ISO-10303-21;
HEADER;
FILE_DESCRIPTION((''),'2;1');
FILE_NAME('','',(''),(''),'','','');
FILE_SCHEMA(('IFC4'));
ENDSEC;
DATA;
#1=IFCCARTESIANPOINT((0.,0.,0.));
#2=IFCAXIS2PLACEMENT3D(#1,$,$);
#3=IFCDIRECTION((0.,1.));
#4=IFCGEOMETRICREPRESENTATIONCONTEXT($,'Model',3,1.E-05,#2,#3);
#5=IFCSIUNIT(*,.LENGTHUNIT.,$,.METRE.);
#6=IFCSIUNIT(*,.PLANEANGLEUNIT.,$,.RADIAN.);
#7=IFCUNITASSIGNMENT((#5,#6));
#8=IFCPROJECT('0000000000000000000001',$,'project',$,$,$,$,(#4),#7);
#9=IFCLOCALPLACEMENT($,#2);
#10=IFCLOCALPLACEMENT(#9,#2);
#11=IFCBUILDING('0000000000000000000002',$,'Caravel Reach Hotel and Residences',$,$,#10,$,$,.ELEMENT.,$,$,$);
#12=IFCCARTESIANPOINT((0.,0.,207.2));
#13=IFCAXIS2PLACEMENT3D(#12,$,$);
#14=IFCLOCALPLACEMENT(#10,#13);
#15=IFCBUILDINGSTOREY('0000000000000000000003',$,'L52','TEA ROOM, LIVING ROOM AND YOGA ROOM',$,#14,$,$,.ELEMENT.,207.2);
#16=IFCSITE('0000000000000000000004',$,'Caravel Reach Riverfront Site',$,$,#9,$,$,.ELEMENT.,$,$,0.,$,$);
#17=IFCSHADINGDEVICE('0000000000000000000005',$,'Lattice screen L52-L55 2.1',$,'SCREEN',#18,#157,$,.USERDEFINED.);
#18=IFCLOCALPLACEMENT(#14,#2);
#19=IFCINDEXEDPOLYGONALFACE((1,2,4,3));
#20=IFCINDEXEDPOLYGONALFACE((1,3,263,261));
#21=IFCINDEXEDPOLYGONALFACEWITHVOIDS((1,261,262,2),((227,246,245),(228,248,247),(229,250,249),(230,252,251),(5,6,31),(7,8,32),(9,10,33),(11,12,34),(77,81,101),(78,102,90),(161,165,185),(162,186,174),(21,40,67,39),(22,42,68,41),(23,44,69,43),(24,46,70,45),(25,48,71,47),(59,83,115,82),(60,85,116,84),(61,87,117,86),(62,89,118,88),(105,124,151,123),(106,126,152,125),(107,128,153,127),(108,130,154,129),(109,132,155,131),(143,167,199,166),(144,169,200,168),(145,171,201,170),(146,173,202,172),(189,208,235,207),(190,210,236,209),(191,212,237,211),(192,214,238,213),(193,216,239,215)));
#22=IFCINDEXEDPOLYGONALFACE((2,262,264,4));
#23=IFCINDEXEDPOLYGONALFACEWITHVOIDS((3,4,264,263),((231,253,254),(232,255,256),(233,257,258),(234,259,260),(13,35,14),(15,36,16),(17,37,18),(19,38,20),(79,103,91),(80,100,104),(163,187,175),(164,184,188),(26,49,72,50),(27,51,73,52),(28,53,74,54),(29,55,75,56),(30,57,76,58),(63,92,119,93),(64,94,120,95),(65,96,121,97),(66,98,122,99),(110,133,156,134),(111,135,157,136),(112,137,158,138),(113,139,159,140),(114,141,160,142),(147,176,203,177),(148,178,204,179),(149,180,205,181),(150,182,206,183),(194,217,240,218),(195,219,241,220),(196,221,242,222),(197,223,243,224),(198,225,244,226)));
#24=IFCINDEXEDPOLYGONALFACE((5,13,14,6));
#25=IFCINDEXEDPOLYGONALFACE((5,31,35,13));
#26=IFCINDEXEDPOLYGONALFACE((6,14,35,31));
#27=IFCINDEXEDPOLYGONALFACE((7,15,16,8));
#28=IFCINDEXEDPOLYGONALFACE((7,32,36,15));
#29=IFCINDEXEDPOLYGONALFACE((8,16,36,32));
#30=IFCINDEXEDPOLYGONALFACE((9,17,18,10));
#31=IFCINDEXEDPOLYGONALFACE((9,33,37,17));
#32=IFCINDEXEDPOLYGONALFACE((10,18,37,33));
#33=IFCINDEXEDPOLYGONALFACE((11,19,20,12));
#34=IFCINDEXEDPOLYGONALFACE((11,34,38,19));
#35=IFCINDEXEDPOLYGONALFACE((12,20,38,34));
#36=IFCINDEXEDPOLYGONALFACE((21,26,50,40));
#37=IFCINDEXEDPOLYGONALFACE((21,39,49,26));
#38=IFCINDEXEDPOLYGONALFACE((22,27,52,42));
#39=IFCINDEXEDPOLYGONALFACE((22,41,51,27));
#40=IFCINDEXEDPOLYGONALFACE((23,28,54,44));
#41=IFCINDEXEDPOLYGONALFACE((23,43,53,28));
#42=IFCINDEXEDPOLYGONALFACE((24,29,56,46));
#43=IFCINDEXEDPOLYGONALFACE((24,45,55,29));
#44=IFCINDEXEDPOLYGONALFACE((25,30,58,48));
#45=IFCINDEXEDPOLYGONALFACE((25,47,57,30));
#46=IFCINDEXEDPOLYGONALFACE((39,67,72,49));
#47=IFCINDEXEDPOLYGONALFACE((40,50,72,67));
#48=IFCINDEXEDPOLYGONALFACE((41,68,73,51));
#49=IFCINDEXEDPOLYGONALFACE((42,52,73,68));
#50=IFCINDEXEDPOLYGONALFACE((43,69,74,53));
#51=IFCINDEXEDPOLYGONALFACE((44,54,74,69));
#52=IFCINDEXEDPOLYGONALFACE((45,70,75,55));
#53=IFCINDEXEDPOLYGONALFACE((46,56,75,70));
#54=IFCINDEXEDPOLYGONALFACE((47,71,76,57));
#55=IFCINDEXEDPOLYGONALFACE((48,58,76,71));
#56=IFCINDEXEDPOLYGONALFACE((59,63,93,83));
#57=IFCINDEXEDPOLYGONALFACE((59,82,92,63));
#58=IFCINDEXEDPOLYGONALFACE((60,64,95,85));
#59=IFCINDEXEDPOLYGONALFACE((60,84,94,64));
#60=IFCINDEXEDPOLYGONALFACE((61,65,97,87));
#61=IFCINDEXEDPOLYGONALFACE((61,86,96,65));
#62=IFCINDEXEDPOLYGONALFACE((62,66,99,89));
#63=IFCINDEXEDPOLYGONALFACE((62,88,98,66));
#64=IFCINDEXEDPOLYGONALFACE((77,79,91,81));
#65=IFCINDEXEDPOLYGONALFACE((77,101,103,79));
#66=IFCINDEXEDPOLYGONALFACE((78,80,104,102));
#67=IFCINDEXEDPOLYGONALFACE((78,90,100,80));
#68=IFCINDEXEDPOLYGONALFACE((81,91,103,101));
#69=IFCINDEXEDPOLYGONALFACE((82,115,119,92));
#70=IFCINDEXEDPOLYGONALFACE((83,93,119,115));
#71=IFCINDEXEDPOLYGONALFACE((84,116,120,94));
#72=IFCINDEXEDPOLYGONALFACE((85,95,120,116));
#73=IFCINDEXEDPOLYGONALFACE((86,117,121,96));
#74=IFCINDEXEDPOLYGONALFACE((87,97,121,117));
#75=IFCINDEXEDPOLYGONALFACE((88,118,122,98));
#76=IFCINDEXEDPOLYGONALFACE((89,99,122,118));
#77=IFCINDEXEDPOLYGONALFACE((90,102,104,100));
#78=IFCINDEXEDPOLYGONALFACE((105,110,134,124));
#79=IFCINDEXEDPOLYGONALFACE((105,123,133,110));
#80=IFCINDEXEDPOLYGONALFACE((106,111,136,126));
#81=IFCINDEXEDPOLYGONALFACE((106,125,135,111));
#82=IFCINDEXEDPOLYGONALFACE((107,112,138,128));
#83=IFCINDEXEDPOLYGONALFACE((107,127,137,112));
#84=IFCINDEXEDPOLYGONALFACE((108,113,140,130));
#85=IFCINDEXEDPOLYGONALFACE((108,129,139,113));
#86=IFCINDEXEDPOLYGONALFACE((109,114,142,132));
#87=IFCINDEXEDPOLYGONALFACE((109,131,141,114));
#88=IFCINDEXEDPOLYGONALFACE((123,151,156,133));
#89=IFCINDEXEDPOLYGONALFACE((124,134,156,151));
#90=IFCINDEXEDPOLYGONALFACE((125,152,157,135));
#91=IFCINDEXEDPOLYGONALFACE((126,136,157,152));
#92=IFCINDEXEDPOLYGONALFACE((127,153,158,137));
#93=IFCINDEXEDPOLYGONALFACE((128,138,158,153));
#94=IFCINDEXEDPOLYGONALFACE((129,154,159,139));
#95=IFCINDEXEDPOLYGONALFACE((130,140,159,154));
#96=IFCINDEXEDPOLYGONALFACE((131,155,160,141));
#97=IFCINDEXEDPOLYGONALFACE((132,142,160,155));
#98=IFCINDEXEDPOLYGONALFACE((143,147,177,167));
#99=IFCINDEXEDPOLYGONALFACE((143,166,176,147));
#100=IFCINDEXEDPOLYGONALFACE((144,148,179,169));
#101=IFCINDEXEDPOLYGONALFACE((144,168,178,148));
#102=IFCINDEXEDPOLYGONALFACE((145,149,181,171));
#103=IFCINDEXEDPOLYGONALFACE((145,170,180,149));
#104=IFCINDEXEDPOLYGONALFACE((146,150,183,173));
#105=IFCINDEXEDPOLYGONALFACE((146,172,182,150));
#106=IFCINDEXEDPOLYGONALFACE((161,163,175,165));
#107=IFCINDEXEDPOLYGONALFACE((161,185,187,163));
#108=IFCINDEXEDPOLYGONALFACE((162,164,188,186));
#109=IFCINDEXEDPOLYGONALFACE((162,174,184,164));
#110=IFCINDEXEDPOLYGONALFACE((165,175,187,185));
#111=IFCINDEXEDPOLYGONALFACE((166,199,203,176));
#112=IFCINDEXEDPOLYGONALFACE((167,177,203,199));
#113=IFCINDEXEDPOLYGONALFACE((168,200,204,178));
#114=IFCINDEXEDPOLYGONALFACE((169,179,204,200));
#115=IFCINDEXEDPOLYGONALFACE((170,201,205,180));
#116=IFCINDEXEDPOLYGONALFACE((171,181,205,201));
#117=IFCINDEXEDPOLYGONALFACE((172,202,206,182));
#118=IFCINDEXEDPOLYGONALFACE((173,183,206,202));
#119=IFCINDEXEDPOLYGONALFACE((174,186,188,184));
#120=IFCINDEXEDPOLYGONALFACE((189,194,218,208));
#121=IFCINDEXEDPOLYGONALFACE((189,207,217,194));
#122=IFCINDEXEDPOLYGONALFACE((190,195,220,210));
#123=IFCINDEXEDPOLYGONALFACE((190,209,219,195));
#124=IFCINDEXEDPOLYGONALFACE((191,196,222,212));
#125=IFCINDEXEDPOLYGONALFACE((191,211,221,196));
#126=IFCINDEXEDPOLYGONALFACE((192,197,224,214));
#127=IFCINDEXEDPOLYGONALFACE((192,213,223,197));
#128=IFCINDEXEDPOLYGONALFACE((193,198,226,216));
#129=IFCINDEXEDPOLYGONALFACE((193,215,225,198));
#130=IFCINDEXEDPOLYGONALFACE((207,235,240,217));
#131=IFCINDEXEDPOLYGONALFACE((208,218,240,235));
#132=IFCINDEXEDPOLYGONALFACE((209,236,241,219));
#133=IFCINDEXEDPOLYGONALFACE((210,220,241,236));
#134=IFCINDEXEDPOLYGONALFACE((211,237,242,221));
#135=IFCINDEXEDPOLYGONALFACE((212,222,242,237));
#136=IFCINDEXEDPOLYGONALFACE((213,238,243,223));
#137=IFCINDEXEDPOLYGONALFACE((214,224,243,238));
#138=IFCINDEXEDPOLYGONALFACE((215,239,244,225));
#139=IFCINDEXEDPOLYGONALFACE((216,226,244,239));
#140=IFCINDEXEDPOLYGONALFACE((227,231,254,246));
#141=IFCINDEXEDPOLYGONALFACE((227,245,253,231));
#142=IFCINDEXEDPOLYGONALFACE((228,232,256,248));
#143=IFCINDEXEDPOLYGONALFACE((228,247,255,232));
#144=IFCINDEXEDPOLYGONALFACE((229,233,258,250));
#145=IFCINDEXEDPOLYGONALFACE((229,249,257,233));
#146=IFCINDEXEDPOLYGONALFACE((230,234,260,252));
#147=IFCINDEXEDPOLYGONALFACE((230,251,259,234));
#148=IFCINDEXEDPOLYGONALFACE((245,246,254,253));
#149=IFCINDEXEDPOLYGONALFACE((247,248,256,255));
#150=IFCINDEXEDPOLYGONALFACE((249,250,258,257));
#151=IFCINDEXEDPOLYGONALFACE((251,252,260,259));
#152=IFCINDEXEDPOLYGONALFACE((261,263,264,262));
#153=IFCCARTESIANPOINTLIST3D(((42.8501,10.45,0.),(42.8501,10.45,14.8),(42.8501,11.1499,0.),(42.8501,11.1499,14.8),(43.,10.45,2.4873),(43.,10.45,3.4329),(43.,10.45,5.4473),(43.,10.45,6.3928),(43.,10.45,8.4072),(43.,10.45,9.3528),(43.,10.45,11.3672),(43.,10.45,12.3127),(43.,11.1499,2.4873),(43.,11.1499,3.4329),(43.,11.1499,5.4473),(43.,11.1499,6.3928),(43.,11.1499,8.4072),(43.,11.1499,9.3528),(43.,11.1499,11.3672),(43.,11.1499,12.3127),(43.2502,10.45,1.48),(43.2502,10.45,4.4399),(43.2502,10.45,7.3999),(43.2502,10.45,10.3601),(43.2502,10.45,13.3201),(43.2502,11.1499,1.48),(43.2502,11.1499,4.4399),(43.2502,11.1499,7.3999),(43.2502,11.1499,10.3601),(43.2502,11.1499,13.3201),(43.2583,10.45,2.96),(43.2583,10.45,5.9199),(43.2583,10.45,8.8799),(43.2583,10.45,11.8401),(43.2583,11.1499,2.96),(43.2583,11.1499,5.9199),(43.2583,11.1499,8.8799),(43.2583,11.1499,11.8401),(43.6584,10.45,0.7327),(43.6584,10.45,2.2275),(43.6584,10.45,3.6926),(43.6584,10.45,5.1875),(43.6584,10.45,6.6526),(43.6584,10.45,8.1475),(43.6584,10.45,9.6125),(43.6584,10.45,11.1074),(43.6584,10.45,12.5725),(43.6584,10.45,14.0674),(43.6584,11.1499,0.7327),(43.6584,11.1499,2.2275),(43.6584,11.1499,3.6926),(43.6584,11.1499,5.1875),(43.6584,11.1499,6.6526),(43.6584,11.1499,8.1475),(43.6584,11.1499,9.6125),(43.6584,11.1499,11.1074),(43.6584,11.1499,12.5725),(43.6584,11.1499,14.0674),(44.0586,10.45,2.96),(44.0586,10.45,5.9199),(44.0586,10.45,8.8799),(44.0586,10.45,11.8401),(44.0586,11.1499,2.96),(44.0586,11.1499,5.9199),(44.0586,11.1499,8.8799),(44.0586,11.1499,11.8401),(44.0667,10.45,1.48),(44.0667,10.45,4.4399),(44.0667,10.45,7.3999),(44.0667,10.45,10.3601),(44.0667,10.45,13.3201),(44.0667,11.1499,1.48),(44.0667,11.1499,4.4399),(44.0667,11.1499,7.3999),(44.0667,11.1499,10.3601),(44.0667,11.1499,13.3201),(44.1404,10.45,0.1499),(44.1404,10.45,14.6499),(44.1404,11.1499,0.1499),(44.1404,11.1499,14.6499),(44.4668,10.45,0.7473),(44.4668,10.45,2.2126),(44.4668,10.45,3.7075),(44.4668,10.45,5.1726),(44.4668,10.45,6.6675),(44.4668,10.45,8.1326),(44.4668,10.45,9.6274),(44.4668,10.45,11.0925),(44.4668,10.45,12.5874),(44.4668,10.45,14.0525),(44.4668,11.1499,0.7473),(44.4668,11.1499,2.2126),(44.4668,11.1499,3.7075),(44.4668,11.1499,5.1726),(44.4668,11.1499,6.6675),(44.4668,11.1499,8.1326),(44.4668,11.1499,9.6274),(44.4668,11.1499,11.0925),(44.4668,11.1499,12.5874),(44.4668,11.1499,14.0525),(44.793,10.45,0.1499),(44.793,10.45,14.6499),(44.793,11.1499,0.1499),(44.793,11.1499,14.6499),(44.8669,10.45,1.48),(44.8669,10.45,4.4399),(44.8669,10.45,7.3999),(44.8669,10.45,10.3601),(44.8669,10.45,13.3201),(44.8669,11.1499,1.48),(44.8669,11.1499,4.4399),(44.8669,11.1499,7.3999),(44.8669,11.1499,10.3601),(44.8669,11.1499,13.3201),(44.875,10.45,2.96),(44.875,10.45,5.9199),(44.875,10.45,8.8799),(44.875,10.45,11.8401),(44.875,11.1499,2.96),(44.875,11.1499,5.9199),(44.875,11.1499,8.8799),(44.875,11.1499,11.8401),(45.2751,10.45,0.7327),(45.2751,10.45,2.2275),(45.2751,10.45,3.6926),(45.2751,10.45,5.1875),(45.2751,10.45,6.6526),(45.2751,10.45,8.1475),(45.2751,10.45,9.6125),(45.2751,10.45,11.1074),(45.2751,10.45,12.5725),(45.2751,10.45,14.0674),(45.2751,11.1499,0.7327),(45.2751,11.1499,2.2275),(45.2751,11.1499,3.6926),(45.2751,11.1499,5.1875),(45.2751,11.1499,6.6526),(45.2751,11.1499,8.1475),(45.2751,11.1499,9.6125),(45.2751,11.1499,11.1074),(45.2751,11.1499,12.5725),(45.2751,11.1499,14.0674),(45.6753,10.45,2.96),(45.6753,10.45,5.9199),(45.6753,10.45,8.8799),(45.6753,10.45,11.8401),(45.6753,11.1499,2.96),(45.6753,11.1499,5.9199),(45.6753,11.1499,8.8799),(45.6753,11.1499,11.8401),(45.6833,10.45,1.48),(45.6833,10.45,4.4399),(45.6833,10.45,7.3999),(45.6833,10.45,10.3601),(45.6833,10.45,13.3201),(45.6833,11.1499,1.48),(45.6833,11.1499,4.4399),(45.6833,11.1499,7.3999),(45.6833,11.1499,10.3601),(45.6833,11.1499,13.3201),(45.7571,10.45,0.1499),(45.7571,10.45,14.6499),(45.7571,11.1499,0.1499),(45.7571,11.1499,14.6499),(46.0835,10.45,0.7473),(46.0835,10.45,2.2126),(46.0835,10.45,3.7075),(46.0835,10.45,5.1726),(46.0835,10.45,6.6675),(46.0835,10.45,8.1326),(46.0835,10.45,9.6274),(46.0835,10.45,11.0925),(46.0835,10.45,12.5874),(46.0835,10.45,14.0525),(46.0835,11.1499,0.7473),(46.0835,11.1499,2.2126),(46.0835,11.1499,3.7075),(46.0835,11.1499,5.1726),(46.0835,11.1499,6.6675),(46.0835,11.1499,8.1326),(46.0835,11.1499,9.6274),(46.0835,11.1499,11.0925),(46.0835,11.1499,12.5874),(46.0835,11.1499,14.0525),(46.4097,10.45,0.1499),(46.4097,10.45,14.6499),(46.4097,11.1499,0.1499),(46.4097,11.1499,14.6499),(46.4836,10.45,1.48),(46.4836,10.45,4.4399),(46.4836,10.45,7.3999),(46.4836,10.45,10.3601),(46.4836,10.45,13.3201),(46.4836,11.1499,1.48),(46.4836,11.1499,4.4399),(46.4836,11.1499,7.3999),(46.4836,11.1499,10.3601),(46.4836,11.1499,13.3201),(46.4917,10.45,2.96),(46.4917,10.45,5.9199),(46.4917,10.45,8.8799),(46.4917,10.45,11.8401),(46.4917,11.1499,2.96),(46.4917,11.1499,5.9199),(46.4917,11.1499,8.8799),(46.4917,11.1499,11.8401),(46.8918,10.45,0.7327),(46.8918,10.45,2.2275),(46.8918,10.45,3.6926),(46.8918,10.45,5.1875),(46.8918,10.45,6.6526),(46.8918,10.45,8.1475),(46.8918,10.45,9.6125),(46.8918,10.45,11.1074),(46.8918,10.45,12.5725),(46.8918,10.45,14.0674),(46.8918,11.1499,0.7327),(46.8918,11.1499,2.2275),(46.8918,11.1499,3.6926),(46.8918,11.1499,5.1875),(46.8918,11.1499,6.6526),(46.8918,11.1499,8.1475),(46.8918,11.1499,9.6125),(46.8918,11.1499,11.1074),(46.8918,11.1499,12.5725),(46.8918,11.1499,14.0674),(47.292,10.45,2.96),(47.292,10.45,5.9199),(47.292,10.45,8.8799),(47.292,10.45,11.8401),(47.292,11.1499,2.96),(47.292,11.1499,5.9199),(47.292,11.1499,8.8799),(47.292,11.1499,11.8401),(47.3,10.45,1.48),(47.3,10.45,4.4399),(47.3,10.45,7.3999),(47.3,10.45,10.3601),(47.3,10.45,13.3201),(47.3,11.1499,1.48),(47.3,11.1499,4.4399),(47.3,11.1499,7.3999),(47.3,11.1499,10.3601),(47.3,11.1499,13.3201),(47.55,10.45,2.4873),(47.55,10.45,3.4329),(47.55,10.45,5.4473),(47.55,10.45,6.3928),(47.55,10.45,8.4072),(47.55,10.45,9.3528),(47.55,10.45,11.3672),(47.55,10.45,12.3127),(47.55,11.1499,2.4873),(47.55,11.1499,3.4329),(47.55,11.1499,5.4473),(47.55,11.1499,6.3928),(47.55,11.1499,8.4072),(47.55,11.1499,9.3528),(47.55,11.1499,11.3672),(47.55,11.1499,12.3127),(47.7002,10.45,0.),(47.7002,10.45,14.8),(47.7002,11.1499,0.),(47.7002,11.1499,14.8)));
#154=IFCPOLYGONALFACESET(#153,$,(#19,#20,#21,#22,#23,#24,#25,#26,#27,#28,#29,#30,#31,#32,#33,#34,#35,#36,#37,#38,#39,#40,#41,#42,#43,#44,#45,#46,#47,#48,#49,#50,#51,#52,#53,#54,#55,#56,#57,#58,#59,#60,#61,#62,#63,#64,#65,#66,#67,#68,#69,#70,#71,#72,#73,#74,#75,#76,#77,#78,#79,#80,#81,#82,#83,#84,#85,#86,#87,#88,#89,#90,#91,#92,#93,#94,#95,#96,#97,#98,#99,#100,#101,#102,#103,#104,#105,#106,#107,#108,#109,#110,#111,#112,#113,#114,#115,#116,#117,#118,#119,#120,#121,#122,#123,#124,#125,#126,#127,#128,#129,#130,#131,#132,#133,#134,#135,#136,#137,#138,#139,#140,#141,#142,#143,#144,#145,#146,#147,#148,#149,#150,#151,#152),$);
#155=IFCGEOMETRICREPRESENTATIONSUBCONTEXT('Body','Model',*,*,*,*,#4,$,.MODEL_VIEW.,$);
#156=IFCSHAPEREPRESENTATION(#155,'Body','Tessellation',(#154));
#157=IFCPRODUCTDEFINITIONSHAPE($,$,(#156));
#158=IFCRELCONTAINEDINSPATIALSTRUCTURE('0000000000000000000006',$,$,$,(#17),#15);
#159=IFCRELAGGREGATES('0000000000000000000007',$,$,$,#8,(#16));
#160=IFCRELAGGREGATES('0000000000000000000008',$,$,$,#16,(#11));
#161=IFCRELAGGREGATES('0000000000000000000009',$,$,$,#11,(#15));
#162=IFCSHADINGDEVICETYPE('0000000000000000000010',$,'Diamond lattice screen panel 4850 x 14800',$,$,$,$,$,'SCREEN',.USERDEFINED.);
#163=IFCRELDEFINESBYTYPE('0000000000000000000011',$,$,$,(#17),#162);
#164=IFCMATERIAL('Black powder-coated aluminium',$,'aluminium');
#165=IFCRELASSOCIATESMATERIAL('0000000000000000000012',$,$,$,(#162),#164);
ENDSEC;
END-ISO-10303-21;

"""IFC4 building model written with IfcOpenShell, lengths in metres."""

from ifc_helpers import new_model, si_unit, direction, frame, origin, place, context, subcontext, project, spatial, polyline, outline, extrude, material, type_object, element, save


model = new_model("IFC4")

# Units and contexts
model_context = context("Model", 3, precision=1e-05, world=origin(), true_north=direction((0.0, 1.0)))
body_context = subcontext(model_context, "Body", "Model", "MODEL_VIEW")
ifc_project = project(units=[si_unit("LENGTHUNIT", "METRE"), si_unit("PLANEANGLEUNIT", "RADIAN")], contexts=[model_context])

# Site, building, storey
site_placement = place(None, origin())
site = spatial("IfcSite", under=ifc_project, at=site_placement, Name="Caravel Reach Riverfront Site", CompositionType="ELEMENT", RefElevation=0.0)
building_placement = place(site_placement, origin())
building = spatial("IfcBuilding", under=site, at=building_placement, Name="Caravel Reach Hotel and Residences", CompositionType="ELEMENT")
storey_placement = place(building_placement, frame((0.0, 0.0, 207.2)))
storey = spatial("IfcBuildingStorey", under=building, at=storey_placement, Name="L52", Description="TEA ROOM, LIVING ROOM AND YOGA ROOM", CompositionType="ELEMENT", Elevation=207.2)

# Shading device
ifc_material_1 = material(Name="Black powder-coated aluminium", Category="aluminium")
shading_device_type_1 = type_object("IfcShadingDeviceType", Name="Diamond lattice screen panel 4850 x 14800", ElementType="SCREEN", PredefinedType="USERDEFINED", material=ifc_material_1)
shading_device_1_placement = place(storey_placement, frame((42.8501, 11.1499, 0.0), z_axis=(0.0, -1.0, 0.0), x_axis=(1.0, 0.0, 0.0)))
element("IfcShadingDevice", 1, at=shading_device_1_placement, inside=storey, type_object=shading_device_type_1, Name="Lattice screen L52-L55 2.1", ObjectType="SCREEN", PredefinedType="USERDEFINED", context=body_context, shape_type="SweptSolid", body=[
    extrude(outline(polyline([(0.0, 0.0), (4.8501, 0.0), (4.8501, 14.8), (0.0, 14.8), (0.0, 0.0)]), holes=[polyline([(0.4082, 2.96), (0.1499, 3.4329), (0.1499, 2.4873), (0.4082, 2.96)]), polyline([(0.4082, 5.9199), (0.1499, 6.3928), (0.1499, 5.4473), (0.4082, 5.9199)]), polyline([(0.4082, 8.8799), (0.1499, 9.3528), (0.1499, 8.4072), (0.4082, 8.8799)]), polyline([(0.4082, 11.8401), (0.1499, 12.3127), (0.1499, 11.3672), (0.4082, 11.8401)]), polyline([(0.8083, 2.2275), (0.4001, 1.48), (0.8083, 0.7327), (1.2166, 1.48), (0.8083, 2.2275)]), polyline([(0.8083, 5.1875), (0.4001, 4.4399), (0.8083, 3.6926), (1.2166, 4.4399), (0.8083, 5.1875)]), polyline([(0.8083, 8.1475), (0.4001, 7.3999), (0.8083, 6.6526), (1.2166, 7.3999), (0.8083, 8.1475)]), polyline([(0.8083, 11.1074), (0.4001, 10.3601), (0.8083, 9.6125), (1.2166, 10.3601), (0.8083, 11.1074)]), polyline([(0.8083, 14.0674), (0.4001, 13.3201), (0.8083, 12.5725), (1.2166, 13.3201), (0.8083, 14.0674)]), polyline([(1.6167, 0.7473), (1.2903, 0.1499), (1.9429, 0.1499), (1.6167, 0.7473)]), polyline([(1.6167, 3.7075), (1.2085, 2.96), (1.6167, 2.2126), (2.0249, 2.96), (1.6167, 3.7075)]), polyline([(1.6167, 6.6675), (1.2085, 5.9199), (1.6167, 5.1726), (2.0249, 5.9199), (1.6167, 6.6675)]), polyline([(1.6167, 9.6274), (1.2085, 8.8799), (1.6167, 8.1326), (2.0249, 8.8799), (1.6167, 9.6274)]), polyline([(1.6167, 12.5874), (1.2085, 11.8401), (1.6167, 11.0925), (2.0249, 11.8401), (1.6167, 12.5874)]), polyline([(1.6167, 14.0525), (1.9429, 14.6499), (1.2903, 14.6499), (1.6167, 14.0525)]), polyline([(2.425, 2.2275), (2.0168, 1.48), (2.425, 0.7327), (2.8333, 1.48), (2.425, 2.2275)]), polyline([(2.425, 5.1875), (2.0168, 4.4399), (2.425, 3.6926), (2.8333, 4.4399), (2.425, 5.1875)]), polyline([(2.425, 8.1475), (2.0168, 7.3999), (2.425, 6.6526), (2.8333, 7.3999), (2.425, 8.1475)]), polyline([(2.425, 11.1074), (2.0168, 10.3601), (2.425, 9.6125), (2.8333, 10.3601), (2.425, 11.1074)]), polyline([(2.425, 14.0674), (2.0168, 13.3201), (2.425, 12.5725), (2.8333, 13.3201), (2.425, 14.0674)]), polyline([(3.2334, 0.7473), (2.907, 0.1499), (3.5596, 0.1499), (3.2334, 0.7473)]), polyline([(3.2334, 3.7075), (2.8252, 2.96), (3.2334, 2.2126), (3.6416, 2.96), (3.2334, 3.7075)]), polyline([(3.2334, 6.6675), (2.8252, 5.9199), (3.2334, 5.1726), (3.6416, 5.9199), (3.2334, 6.6675)]), polyline([(3.2334, 9.6274), (2.8252, 8.8799), (3.2334, 8.1326), (3.6416, 8.8799), (3.2334, 9.6274)]), polyline([(3.2334, 12.5874), (2.8252, 11.8401), (3.2334, 11.0925), (3.6416, 11.8401), (3.2334, 12.5874)]), polyline([(3.2334, 14.0525), (3.5596, 14.6499), (2.907, 14.6499), (3.2334, 14.0525)]), polyline([(4.0417, 2.2275), (3.6335, 1.48), (4.0417, 0.7327), (4.45, 1.48), (4.0417, 2.2275)]), polyline([(4.0417, 5.1875), (3.6335, 4.4399), (4.0417, 3.6926), (4.45, 4.4399), (4.0417, 5.1875)]), polyline([(4.0417, 8.1475), (3.6335, 7.3999), (4.0417, 6.6526), (4.45, 7.3999), (4.0417, 8.1475)]), polyline([(4.0417, 11.1074), (3.6335, 10.3601), (4.0417, 9.6125), (4.45, 10.3601), (4.0417, 11.1074)]), polyline([(4.0417, 14.0674), (3.6335, 13.3201), (4.0417, 12.5725), (4.45, 13.3201), (4.0417, 14.0674)]), polyline([(4.4419, 2.96), (4.7, 2.4873), (4.7, 3.4329), (4.4419, 2.96)]), polyline([(4.4419, 5.9199), (4.7, 5.4473), (4.7, 6.3928), (4.4419, 5.9199)]), polyline([(4.4419, 8.8799), (4.7, 8.4072), (4.7, 9.3528), (4.4419, 8.8799)]), polyline([(4.4419, 11.8401), (4.7, 11.3672), (4.7, 12.3127), (4.4419, 11.8401)])]), origin(), (0.0, 0.0, 1.0), 0.7),
])

save(model, "model.ifc")
